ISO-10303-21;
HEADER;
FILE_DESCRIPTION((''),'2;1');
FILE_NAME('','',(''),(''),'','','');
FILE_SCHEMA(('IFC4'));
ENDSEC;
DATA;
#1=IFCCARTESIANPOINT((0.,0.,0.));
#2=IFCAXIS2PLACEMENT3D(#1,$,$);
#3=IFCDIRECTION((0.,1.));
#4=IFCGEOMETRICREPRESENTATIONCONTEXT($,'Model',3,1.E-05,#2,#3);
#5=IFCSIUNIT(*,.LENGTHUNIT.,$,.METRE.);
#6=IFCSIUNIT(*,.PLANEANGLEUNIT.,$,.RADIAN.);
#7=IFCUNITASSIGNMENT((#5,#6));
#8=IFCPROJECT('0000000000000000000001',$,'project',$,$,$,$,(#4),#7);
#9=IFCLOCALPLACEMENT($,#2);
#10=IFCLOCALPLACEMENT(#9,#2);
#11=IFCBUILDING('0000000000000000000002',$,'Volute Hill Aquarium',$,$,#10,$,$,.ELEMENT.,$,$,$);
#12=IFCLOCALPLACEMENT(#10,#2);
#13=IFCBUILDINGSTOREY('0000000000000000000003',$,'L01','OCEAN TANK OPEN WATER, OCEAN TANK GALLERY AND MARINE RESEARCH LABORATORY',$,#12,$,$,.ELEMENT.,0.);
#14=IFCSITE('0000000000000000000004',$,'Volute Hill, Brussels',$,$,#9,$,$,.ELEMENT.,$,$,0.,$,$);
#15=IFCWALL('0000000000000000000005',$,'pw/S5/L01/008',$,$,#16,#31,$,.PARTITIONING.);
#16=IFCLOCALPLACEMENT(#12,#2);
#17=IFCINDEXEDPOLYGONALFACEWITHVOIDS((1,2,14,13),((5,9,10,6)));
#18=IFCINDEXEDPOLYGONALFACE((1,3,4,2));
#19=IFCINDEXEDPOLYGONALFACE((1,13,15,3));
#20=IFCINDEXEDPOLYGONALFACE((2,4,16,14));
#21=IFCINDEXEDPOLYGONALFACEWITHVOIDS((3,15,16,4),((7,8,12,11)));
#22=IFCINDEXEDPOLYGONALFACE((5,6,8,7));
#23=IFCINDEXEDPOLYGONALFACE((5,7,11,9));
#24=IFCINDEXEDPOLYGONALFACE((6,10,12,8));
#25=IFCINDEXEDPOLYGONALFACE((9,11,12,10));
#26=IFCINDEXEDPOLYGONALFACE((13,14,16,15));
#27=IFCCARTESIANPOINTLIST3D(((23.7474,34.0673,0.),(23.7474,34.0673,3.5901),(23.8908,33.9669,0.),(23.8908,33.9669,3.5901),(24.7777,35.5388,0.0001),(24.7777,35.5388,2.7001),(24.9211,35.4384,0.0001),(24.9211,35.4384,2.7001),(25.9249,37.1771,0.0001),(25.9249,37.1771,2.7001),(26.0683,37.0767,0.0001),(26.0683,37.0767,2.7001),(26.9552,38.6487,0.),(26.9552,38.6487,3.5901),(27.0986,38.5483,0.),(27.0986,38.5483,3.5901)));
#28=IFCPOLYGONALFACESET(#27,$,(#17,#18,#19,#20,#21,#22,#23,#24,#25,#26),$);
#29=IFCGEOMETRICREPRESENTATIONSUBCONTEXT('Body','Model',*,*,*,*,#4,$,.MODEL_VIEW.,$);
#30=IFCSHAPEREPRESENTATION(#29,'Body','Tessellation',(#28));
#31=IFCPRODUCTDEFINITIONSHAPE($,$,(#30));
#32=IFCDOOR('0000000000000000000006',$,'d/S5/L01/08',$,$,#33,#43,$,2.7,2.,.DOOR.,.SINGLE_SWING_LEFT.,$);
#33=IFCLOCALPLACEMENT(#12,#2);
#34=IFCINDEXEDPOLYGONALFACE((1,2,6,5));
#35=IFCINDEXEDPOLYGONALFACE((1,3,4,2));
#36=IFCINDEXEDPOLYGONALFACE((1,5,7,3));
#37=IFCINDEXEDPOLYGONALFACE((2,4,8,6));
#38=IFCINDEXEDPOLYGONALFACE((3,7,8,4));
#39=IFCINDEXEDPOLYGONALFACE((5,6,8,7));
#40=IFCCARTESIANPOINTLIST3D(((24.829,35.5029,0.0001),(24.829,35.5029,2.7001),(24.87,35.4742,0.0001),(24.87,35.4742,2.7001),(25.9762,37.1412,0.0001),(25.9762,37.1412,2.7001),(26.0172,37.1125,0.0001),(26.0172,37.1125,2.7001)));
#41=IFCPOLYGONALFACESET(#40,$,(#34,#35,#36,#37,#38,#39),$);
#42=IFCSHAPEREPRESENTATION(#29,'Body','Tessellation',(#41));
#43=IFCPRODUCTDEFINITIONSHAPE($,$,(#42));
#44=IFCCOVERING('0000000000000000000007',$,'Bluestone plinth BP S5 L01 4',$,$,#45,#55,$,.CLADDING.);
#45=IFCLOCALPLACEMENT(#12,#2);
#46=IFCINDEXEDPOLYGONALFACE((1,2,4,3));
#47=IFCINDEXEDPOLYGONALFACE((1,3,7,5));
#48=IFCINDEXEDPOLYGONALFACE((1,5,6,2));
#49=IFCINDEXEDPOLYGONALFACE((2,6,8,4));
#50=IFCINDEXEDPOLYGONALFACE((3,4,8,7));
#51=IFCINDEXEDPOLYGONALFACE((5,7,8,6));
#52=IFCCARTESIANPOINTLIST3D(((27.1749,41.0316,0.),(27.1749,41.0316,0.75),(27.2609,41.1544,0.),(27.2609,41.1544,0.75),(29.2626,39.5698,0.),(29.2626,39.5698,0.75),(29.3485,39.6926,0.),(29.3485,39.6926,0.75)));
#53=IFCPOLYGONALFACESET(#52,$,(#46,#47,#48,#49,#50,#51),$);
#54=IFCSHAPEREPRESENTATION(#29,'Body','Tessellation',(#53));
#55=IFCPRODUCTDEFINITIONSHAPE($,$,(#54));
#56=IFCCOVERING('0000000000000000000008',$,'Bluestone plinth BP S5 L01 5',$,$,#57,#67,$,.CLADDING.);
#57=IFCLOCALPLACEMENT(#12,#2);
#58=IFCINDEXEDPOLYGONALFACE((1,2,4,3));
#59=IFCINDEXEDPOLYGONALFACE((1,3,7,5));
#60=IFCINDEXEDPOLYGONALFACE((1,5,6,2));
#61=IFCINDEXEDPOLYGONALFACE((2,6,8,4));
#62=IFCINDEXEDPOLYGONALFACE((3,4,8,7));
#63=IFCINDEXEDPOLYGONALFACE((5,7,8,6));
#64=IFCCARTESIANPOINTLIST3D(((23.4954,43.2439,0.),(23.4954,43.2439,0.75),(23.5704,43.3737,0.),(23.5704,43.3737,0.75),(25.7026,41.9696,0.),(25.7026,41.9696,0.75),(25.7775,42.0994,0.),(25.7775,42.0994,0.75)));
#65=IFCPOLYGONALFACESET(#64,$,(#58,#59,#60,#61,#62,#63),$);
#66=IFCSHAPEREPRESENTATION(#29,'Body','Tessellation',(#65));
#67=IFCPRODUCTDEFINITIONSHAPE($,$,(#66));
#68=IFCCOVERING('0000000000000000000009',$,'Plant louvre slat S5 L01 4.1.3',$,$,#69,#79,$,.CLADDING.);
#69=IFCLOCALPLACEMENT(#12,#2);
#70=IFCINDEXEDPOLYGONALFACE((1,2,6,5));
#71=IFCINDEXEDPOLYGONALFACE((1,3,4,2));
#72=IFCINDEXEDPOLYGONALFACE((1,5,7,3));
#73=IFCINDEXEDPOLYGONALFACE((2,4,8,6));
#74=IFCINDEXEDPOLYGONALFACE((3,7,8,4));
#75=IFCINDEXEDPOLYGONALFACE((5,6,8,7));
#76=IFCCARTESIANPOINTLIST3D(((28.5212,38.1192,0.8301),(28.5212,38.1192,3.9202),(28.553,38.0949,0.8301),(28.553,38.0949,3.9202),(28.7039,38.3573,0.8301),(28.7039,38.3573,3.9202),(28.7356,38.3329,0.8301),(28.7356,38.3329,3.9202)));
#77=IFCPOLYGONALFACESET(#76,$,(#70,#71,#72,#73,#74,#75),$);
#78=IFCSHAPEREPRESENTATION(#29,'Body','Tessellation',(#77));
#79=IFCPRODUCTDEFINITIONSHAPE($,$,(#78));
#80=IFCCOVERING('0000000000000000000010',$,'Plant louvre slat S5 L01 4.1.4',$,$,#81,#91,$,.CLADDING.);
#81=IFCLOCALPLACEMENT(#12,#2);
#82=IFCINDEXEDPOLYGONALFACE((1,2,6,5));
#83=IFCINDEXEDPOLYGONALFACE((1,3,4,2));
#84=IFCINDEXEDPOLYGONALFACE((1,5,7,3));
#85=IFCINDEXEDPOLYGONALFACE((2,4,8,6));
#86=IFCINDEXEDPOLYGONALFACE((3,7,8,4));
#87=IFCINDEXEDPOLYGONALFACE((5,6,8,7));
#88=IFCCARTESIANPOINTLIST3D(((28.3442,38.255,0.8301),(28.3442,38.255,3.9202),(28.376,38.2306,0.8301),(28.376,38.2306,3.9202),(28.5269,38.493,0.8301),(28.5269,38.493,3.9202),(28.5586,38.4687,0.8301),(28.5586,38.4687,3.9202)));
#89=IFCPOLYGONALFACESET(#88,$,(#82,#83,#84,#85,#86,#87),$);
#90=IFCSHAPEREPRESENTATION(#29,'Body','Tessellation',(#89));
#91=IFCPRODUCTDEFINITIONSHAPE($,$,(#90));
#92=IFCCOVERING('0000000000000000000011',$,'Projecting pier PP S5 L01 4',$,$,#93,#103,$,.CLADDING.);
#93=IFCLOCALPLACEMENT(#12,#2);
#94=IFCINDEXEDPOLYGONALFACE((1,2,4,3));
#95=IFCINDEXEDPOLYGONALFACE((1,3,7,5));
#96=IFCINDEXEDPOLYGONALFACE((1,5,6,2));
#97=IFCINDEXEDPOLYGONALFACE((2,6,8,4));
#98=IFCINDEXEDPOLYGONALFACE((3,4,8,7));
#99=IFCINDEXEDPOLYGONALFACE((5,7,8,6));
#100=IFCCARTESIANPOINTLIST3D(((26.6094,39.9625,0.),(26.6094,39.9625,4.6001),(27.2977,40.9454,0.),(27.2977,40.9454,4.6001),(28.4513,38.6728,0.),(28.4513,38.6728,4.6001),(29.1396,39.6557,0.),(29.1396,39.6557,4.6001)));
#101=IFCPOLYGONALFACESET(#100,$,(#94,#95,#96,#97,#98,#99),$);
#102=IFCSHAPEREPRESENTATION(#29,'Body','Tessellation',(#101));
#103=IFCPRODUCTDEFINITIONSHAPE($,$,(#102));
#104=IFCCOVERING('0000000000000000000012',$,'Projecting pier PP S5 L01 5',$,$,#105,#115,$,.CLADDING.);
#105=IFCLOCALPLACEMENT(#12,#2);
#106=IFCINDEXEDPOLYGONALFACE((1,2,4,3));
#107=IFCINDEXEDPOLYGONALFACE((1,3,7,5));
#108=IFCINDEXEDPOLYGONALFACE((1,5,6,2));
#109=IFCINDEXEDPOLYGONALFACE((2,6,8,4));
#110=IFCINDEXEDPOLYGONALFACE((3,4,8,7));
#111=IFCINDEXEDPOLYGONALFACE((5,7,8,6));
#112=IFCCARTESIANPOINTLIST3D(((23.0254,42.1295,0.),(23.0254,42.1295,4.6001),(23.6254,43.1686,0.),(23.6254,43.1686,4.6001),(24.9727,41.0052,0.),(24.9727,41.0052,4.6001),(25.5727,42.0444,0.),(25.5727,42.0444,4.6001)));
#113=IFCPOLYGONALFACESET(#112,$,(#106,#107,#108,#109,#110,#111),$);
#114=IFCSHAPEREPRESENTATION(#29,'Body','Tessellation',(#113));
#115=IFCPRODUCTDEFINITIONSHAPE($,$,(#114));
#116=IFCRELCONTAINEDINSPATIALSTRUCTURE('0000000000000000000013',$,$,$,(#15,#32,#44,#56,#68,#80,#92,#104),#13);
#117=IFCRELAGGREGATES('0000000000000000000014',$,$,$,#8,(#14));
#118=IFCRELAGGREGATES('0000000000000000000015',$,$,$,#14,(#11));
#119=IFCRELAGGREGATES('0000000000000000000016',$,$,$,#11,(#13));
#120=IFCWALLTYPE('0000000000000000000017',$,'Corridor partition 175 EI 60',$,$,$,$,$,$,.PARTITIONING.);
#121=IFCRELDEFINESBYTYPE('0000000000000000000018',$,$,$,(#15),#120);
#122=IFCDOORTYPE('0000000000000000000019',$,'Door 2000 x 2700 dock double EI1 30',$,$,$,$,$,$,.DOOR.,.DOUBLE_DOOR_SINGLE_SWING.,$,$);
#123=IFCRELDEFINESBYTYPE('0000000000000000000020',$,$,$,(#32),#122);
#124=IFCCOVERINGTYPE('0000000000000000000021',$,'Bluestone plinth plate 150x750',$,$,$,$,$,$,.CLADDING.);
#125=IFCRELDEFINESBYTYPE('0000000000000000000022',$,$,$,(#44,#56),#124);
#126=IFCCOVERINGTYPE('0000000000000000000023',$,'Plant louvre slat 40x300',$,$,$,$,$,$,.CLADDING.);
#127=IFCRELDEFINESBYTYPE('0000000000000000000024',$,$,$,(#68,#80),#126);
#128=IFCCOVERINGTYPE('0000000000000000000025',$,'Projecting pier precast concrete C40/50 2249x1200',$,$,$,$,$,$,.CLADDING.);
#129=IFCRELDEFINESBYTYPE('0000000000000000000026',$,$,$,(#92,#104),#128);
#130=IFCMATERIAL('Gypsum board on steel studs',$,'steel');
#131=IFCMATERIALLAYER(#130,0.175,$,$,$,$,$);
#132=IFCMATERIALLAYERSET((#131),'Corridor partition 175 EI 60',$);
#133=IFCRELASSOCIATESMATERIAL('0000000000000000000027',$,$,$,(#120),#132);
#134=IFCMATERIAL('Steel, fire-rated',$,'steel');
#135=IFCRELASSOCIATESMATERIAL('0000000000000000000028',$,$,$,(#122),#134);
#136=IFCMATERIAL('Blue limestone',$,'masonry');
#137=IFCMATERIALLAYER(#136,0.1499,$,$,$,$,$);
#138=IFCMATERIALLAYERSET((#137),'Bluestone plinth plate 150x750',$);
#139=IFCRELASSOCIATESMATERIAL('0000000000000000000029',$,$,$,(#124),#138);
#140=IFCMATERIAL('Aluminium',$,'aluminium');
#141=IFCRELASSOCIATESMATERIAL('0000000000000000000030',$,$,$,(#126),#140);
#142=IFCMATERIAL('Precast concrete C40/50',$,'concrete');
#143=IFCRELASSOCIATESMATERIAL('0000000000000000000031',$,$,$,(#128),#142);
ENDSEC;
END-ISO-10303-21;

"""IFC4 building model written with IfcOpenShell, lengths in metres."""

from ifc_helpers import new_model, si_unit, direction, frame, frame_2d, origin, origin_2d, place, context, subcontext, project, spatial, rectangle, extrude, material, layer, layer_set, type_object, element, fill, save


model = new_model("IFC4")

# Units and contexts
model_context = context("Model", 3, precision=1e-05, world=origin(), true_north=direction((0.0, 1.0)))
body_context = subcontext(model_context, "Body", "Model", "MODEL_VIEW")
ifc_project = project(units=[si_unit("LENGTHUNIT", "METRE"), si_unit("PLANEANGLEUNIT", "RADIAN")], contexts=[model_context])

# Site, building, storey
site_placement = place(None, origin())
site = spatial("IfcSite", under=ifc_project, at=site_placement, Name="Volute Hill, Brussels", CompositionType="ELEMENT", RefElevation=0.0)
building_placement = place(site_placement, origin())
building = spatial("IfcBuilding", under=site, at=building_placement, Name="Volute Hill Aquarium", CompositionType="ELEMENT")
storey_placement = place(building_placement, origin())
storey = spatial("IfcBuildingStorey", under=building, at=storey_placement, Name="L01", Description="OCEAN TANK OPEN WATER, OCEAN TANK GALLERY AND MARINE RESEARCH LABORATORY", CompositionType="ELEMENT", Elevation=0.0)

# Wall, opening, door
ifc_material_1 = material(Name="Gypsum board on steel studs", Category="steel")
ifc_layer_1 = layer(ifc_material_1, 0.175)
ifc_layer_set_1 = layer_set([ifc_layer_1], Name="Corridor partition 175 EI 60")
wall_type_1 = type_object("IfcWallType", Name="Corridor partition 175 EI 60", PredefinedType="PARTITIONING", material=ifc_layer_set_1)
wall_1_placement = place(storey_placement, frame((23.8191, 34.0171, 0.0), z_axis=(0.0, 0.0, 1.0), x_axis=(0.573565, 0.81916, 0.0)))
wall_1 = element("IfcWall", 1, at=wall_1_placement, inside=storey, type_object=wall_type_1, Name="pw/S5/L01/008", PredefinedType="PARTITIONING", context=body_context, shape_type="SweptSolid", body=[
    extrude(rectangle(XDim=5.5928, YDim=0.175, at=frame_2d((2.7964, 0.0))), origin(), (0.0, 0.0, 1.0), 3.5901),
])
opening_1_placement = place(wall_1_placement, frame((1.7964, 0.0, 0.0)))
opening_1 = element("IfcOpeningElement", 2, at=opening_1_placement, cuts=wall_1, PredefinedType="OPENING", context=body_context, shape_type="SweptSolid", body=[
    extrude(rectangle(XDim=2.0, YDim=2.7, at=frame_2d((1.0, 1.3501))), frame((0.0, 0.0974, 0.0), z_axis=(0.0, -1.0, 0.0), x_axis=(1.0, 0.0, 0.0)), (0.0, 0.0, 1.0), 0.1951),
])
ifc_material_2 = material(Name="Steel, fire-rated", Category="steel")
door_type_1 = type_object("IfcDoorType", Name="Door 2000 x 2700 dock double EI1 30", OperationType="DOUBLE_DOOR_SINGLE_SWING", PredefinedType="DOOR", material=ifc_material_2)
door_1_placement = place(opening_1_placement, origin())
door_1 = element("IfcDoor", 3, at=door_1_placement, inside=storey, type_object=door_type_1, Name="d/S5/L01/08", OperationType="SINGLE_SWING_LEFT", OverallHeight=2.7, OverallWidth=2.0, PredefinedType="DOOR", context=body_context, shape_type="SweptSolid", body=[
    extrude(rectangle(XDim=2.0, YDim=2.7, at=frame_2d((1.0, 1.3501))), frame((0.0, 0.0249, 0.0), z_axis=(0.0, -1.0, 0.0), x_axis=(1.0, 0.0, 0.0)), (0.0, 0.0, 1.0), 0.05),
])
fill(opening_1, door_1)

# Coverings
ifc_material_3 = material(Name="Blue limestone", Category="masonry")
ifc_layer_2 = layer(ifc_material_3, 0.1499)
ifc_layer_set_2 = layer_set([ifc_layer_2], Name="Bluestone plinth plate 150x750")
covering_type_1 = type_object("IfcCoveringType", Name="Bluestone plinth plate 150x750", PredefinedType="CLADDING", material=ifc_layer_set_2)
for number, where, z_axis, x_axis, name in (
    (4, (28.2617, 40.3621, 0.0), (0.0, 0.0, 1.0), (-0.819152, 0.573576, 0.0), "Bluestone plinth BP S5 L01 4"),
    (5, (24.6365, 42.6716, 0.0), (0.0, 0.0, 1.0), (-0.866025, 0.5, 0.0), "Bluestone plinth BP S5 L01 5"),
):
    element("IfcCovering", number, at=place(storey_placement, frame(where, z_axis=z_axis, x_axis=x_axis)), inside=storey, type_object=covering_type_1, Name=name, PredefinedType="CLADDING", context=body_context, shape_type="SweptSolid", body=[
        extrude(rectangle(XDim=2.5486, YDim=0.1499, at=origin_2d()), origin(), (0.0, 0.0, 1.0), 0.75),
    ])
ifc_material_4 = material(Name="Aluminium", Category="aluminium")
covering_type_2 = type_object("IfcCoveringType", Name="Plant louvre slat 40x300", PredefinedType="CLADDING", material=ifc_material_4)
for number, where, z_axis, x_axis, name in (
    (6, (28.6284, 38.2261, 0.8301), (0.0, 0.0, 1.0), (-0.79336, 0.608753, 0.0), "Plant louvre slat S5 L01 4.1.3"),
    (7, (28.4514, 38.3618, 0.8301), (0.0, 0.0, 1.0), (-0.79336, 0.608753, 0.0), "Plant louvre slat S5 L01 4.1.4"),
):
    element("IfcCovering", number, at=place(storey_placement, frame(where, z_axis=z_axis, x_axis=x_axis)), inside=storey, type_object=covering_type_2, Name=name, PredefinedType="CLADDING", context=body_context, shape_type="SweptSolid", body=[
        extrude(rectangle(XDim=0.04, YDim=0.3, at=origin_2d()), origin(), (0.0, 0.0, 1.0), 3.0901),
    ])
ifc_material_5 = material(Name="Precast concrete C40/50", Category="concrete")
covering_type_3 = type_object("IfcCoveringType", Name="Projecting pier precast concrete C40/50 2249x1200", PredefinedType="CLADDING", material=ifc_material_5)
for number, where, z_axis, x_axis, name in (
    (8, (27.8745, 39.8091, 0.0), (0.0, 0.0, 1.0), (-0.819152, 0.573576, 0.0), "Projecting pier PP S5 L01 4"),
    (9, (24.2991, 42.0869, 0.0), (0.0, 0.0, 1.0), (-0.866025, 0.5, 0.0), "Projecting pier PP S5 L01 5"),
):
    element("IfcCovering", number, at=place(storey_placement, frame(where, z_axis=z_axis, x_axis=x_axis)), inside=storey, type_object=covering_type_3, Name=name, PredefinedType="CLADDING", context=body_context, shape_type="SweptSolid", body=[
        extrude(rectangle(XDim=2.2485, YDim=1.2, at=origin_2d()), origin(), (0.0, 0.0, 1.0), 4.6001),
    ])

save(model, "model.ifc")
